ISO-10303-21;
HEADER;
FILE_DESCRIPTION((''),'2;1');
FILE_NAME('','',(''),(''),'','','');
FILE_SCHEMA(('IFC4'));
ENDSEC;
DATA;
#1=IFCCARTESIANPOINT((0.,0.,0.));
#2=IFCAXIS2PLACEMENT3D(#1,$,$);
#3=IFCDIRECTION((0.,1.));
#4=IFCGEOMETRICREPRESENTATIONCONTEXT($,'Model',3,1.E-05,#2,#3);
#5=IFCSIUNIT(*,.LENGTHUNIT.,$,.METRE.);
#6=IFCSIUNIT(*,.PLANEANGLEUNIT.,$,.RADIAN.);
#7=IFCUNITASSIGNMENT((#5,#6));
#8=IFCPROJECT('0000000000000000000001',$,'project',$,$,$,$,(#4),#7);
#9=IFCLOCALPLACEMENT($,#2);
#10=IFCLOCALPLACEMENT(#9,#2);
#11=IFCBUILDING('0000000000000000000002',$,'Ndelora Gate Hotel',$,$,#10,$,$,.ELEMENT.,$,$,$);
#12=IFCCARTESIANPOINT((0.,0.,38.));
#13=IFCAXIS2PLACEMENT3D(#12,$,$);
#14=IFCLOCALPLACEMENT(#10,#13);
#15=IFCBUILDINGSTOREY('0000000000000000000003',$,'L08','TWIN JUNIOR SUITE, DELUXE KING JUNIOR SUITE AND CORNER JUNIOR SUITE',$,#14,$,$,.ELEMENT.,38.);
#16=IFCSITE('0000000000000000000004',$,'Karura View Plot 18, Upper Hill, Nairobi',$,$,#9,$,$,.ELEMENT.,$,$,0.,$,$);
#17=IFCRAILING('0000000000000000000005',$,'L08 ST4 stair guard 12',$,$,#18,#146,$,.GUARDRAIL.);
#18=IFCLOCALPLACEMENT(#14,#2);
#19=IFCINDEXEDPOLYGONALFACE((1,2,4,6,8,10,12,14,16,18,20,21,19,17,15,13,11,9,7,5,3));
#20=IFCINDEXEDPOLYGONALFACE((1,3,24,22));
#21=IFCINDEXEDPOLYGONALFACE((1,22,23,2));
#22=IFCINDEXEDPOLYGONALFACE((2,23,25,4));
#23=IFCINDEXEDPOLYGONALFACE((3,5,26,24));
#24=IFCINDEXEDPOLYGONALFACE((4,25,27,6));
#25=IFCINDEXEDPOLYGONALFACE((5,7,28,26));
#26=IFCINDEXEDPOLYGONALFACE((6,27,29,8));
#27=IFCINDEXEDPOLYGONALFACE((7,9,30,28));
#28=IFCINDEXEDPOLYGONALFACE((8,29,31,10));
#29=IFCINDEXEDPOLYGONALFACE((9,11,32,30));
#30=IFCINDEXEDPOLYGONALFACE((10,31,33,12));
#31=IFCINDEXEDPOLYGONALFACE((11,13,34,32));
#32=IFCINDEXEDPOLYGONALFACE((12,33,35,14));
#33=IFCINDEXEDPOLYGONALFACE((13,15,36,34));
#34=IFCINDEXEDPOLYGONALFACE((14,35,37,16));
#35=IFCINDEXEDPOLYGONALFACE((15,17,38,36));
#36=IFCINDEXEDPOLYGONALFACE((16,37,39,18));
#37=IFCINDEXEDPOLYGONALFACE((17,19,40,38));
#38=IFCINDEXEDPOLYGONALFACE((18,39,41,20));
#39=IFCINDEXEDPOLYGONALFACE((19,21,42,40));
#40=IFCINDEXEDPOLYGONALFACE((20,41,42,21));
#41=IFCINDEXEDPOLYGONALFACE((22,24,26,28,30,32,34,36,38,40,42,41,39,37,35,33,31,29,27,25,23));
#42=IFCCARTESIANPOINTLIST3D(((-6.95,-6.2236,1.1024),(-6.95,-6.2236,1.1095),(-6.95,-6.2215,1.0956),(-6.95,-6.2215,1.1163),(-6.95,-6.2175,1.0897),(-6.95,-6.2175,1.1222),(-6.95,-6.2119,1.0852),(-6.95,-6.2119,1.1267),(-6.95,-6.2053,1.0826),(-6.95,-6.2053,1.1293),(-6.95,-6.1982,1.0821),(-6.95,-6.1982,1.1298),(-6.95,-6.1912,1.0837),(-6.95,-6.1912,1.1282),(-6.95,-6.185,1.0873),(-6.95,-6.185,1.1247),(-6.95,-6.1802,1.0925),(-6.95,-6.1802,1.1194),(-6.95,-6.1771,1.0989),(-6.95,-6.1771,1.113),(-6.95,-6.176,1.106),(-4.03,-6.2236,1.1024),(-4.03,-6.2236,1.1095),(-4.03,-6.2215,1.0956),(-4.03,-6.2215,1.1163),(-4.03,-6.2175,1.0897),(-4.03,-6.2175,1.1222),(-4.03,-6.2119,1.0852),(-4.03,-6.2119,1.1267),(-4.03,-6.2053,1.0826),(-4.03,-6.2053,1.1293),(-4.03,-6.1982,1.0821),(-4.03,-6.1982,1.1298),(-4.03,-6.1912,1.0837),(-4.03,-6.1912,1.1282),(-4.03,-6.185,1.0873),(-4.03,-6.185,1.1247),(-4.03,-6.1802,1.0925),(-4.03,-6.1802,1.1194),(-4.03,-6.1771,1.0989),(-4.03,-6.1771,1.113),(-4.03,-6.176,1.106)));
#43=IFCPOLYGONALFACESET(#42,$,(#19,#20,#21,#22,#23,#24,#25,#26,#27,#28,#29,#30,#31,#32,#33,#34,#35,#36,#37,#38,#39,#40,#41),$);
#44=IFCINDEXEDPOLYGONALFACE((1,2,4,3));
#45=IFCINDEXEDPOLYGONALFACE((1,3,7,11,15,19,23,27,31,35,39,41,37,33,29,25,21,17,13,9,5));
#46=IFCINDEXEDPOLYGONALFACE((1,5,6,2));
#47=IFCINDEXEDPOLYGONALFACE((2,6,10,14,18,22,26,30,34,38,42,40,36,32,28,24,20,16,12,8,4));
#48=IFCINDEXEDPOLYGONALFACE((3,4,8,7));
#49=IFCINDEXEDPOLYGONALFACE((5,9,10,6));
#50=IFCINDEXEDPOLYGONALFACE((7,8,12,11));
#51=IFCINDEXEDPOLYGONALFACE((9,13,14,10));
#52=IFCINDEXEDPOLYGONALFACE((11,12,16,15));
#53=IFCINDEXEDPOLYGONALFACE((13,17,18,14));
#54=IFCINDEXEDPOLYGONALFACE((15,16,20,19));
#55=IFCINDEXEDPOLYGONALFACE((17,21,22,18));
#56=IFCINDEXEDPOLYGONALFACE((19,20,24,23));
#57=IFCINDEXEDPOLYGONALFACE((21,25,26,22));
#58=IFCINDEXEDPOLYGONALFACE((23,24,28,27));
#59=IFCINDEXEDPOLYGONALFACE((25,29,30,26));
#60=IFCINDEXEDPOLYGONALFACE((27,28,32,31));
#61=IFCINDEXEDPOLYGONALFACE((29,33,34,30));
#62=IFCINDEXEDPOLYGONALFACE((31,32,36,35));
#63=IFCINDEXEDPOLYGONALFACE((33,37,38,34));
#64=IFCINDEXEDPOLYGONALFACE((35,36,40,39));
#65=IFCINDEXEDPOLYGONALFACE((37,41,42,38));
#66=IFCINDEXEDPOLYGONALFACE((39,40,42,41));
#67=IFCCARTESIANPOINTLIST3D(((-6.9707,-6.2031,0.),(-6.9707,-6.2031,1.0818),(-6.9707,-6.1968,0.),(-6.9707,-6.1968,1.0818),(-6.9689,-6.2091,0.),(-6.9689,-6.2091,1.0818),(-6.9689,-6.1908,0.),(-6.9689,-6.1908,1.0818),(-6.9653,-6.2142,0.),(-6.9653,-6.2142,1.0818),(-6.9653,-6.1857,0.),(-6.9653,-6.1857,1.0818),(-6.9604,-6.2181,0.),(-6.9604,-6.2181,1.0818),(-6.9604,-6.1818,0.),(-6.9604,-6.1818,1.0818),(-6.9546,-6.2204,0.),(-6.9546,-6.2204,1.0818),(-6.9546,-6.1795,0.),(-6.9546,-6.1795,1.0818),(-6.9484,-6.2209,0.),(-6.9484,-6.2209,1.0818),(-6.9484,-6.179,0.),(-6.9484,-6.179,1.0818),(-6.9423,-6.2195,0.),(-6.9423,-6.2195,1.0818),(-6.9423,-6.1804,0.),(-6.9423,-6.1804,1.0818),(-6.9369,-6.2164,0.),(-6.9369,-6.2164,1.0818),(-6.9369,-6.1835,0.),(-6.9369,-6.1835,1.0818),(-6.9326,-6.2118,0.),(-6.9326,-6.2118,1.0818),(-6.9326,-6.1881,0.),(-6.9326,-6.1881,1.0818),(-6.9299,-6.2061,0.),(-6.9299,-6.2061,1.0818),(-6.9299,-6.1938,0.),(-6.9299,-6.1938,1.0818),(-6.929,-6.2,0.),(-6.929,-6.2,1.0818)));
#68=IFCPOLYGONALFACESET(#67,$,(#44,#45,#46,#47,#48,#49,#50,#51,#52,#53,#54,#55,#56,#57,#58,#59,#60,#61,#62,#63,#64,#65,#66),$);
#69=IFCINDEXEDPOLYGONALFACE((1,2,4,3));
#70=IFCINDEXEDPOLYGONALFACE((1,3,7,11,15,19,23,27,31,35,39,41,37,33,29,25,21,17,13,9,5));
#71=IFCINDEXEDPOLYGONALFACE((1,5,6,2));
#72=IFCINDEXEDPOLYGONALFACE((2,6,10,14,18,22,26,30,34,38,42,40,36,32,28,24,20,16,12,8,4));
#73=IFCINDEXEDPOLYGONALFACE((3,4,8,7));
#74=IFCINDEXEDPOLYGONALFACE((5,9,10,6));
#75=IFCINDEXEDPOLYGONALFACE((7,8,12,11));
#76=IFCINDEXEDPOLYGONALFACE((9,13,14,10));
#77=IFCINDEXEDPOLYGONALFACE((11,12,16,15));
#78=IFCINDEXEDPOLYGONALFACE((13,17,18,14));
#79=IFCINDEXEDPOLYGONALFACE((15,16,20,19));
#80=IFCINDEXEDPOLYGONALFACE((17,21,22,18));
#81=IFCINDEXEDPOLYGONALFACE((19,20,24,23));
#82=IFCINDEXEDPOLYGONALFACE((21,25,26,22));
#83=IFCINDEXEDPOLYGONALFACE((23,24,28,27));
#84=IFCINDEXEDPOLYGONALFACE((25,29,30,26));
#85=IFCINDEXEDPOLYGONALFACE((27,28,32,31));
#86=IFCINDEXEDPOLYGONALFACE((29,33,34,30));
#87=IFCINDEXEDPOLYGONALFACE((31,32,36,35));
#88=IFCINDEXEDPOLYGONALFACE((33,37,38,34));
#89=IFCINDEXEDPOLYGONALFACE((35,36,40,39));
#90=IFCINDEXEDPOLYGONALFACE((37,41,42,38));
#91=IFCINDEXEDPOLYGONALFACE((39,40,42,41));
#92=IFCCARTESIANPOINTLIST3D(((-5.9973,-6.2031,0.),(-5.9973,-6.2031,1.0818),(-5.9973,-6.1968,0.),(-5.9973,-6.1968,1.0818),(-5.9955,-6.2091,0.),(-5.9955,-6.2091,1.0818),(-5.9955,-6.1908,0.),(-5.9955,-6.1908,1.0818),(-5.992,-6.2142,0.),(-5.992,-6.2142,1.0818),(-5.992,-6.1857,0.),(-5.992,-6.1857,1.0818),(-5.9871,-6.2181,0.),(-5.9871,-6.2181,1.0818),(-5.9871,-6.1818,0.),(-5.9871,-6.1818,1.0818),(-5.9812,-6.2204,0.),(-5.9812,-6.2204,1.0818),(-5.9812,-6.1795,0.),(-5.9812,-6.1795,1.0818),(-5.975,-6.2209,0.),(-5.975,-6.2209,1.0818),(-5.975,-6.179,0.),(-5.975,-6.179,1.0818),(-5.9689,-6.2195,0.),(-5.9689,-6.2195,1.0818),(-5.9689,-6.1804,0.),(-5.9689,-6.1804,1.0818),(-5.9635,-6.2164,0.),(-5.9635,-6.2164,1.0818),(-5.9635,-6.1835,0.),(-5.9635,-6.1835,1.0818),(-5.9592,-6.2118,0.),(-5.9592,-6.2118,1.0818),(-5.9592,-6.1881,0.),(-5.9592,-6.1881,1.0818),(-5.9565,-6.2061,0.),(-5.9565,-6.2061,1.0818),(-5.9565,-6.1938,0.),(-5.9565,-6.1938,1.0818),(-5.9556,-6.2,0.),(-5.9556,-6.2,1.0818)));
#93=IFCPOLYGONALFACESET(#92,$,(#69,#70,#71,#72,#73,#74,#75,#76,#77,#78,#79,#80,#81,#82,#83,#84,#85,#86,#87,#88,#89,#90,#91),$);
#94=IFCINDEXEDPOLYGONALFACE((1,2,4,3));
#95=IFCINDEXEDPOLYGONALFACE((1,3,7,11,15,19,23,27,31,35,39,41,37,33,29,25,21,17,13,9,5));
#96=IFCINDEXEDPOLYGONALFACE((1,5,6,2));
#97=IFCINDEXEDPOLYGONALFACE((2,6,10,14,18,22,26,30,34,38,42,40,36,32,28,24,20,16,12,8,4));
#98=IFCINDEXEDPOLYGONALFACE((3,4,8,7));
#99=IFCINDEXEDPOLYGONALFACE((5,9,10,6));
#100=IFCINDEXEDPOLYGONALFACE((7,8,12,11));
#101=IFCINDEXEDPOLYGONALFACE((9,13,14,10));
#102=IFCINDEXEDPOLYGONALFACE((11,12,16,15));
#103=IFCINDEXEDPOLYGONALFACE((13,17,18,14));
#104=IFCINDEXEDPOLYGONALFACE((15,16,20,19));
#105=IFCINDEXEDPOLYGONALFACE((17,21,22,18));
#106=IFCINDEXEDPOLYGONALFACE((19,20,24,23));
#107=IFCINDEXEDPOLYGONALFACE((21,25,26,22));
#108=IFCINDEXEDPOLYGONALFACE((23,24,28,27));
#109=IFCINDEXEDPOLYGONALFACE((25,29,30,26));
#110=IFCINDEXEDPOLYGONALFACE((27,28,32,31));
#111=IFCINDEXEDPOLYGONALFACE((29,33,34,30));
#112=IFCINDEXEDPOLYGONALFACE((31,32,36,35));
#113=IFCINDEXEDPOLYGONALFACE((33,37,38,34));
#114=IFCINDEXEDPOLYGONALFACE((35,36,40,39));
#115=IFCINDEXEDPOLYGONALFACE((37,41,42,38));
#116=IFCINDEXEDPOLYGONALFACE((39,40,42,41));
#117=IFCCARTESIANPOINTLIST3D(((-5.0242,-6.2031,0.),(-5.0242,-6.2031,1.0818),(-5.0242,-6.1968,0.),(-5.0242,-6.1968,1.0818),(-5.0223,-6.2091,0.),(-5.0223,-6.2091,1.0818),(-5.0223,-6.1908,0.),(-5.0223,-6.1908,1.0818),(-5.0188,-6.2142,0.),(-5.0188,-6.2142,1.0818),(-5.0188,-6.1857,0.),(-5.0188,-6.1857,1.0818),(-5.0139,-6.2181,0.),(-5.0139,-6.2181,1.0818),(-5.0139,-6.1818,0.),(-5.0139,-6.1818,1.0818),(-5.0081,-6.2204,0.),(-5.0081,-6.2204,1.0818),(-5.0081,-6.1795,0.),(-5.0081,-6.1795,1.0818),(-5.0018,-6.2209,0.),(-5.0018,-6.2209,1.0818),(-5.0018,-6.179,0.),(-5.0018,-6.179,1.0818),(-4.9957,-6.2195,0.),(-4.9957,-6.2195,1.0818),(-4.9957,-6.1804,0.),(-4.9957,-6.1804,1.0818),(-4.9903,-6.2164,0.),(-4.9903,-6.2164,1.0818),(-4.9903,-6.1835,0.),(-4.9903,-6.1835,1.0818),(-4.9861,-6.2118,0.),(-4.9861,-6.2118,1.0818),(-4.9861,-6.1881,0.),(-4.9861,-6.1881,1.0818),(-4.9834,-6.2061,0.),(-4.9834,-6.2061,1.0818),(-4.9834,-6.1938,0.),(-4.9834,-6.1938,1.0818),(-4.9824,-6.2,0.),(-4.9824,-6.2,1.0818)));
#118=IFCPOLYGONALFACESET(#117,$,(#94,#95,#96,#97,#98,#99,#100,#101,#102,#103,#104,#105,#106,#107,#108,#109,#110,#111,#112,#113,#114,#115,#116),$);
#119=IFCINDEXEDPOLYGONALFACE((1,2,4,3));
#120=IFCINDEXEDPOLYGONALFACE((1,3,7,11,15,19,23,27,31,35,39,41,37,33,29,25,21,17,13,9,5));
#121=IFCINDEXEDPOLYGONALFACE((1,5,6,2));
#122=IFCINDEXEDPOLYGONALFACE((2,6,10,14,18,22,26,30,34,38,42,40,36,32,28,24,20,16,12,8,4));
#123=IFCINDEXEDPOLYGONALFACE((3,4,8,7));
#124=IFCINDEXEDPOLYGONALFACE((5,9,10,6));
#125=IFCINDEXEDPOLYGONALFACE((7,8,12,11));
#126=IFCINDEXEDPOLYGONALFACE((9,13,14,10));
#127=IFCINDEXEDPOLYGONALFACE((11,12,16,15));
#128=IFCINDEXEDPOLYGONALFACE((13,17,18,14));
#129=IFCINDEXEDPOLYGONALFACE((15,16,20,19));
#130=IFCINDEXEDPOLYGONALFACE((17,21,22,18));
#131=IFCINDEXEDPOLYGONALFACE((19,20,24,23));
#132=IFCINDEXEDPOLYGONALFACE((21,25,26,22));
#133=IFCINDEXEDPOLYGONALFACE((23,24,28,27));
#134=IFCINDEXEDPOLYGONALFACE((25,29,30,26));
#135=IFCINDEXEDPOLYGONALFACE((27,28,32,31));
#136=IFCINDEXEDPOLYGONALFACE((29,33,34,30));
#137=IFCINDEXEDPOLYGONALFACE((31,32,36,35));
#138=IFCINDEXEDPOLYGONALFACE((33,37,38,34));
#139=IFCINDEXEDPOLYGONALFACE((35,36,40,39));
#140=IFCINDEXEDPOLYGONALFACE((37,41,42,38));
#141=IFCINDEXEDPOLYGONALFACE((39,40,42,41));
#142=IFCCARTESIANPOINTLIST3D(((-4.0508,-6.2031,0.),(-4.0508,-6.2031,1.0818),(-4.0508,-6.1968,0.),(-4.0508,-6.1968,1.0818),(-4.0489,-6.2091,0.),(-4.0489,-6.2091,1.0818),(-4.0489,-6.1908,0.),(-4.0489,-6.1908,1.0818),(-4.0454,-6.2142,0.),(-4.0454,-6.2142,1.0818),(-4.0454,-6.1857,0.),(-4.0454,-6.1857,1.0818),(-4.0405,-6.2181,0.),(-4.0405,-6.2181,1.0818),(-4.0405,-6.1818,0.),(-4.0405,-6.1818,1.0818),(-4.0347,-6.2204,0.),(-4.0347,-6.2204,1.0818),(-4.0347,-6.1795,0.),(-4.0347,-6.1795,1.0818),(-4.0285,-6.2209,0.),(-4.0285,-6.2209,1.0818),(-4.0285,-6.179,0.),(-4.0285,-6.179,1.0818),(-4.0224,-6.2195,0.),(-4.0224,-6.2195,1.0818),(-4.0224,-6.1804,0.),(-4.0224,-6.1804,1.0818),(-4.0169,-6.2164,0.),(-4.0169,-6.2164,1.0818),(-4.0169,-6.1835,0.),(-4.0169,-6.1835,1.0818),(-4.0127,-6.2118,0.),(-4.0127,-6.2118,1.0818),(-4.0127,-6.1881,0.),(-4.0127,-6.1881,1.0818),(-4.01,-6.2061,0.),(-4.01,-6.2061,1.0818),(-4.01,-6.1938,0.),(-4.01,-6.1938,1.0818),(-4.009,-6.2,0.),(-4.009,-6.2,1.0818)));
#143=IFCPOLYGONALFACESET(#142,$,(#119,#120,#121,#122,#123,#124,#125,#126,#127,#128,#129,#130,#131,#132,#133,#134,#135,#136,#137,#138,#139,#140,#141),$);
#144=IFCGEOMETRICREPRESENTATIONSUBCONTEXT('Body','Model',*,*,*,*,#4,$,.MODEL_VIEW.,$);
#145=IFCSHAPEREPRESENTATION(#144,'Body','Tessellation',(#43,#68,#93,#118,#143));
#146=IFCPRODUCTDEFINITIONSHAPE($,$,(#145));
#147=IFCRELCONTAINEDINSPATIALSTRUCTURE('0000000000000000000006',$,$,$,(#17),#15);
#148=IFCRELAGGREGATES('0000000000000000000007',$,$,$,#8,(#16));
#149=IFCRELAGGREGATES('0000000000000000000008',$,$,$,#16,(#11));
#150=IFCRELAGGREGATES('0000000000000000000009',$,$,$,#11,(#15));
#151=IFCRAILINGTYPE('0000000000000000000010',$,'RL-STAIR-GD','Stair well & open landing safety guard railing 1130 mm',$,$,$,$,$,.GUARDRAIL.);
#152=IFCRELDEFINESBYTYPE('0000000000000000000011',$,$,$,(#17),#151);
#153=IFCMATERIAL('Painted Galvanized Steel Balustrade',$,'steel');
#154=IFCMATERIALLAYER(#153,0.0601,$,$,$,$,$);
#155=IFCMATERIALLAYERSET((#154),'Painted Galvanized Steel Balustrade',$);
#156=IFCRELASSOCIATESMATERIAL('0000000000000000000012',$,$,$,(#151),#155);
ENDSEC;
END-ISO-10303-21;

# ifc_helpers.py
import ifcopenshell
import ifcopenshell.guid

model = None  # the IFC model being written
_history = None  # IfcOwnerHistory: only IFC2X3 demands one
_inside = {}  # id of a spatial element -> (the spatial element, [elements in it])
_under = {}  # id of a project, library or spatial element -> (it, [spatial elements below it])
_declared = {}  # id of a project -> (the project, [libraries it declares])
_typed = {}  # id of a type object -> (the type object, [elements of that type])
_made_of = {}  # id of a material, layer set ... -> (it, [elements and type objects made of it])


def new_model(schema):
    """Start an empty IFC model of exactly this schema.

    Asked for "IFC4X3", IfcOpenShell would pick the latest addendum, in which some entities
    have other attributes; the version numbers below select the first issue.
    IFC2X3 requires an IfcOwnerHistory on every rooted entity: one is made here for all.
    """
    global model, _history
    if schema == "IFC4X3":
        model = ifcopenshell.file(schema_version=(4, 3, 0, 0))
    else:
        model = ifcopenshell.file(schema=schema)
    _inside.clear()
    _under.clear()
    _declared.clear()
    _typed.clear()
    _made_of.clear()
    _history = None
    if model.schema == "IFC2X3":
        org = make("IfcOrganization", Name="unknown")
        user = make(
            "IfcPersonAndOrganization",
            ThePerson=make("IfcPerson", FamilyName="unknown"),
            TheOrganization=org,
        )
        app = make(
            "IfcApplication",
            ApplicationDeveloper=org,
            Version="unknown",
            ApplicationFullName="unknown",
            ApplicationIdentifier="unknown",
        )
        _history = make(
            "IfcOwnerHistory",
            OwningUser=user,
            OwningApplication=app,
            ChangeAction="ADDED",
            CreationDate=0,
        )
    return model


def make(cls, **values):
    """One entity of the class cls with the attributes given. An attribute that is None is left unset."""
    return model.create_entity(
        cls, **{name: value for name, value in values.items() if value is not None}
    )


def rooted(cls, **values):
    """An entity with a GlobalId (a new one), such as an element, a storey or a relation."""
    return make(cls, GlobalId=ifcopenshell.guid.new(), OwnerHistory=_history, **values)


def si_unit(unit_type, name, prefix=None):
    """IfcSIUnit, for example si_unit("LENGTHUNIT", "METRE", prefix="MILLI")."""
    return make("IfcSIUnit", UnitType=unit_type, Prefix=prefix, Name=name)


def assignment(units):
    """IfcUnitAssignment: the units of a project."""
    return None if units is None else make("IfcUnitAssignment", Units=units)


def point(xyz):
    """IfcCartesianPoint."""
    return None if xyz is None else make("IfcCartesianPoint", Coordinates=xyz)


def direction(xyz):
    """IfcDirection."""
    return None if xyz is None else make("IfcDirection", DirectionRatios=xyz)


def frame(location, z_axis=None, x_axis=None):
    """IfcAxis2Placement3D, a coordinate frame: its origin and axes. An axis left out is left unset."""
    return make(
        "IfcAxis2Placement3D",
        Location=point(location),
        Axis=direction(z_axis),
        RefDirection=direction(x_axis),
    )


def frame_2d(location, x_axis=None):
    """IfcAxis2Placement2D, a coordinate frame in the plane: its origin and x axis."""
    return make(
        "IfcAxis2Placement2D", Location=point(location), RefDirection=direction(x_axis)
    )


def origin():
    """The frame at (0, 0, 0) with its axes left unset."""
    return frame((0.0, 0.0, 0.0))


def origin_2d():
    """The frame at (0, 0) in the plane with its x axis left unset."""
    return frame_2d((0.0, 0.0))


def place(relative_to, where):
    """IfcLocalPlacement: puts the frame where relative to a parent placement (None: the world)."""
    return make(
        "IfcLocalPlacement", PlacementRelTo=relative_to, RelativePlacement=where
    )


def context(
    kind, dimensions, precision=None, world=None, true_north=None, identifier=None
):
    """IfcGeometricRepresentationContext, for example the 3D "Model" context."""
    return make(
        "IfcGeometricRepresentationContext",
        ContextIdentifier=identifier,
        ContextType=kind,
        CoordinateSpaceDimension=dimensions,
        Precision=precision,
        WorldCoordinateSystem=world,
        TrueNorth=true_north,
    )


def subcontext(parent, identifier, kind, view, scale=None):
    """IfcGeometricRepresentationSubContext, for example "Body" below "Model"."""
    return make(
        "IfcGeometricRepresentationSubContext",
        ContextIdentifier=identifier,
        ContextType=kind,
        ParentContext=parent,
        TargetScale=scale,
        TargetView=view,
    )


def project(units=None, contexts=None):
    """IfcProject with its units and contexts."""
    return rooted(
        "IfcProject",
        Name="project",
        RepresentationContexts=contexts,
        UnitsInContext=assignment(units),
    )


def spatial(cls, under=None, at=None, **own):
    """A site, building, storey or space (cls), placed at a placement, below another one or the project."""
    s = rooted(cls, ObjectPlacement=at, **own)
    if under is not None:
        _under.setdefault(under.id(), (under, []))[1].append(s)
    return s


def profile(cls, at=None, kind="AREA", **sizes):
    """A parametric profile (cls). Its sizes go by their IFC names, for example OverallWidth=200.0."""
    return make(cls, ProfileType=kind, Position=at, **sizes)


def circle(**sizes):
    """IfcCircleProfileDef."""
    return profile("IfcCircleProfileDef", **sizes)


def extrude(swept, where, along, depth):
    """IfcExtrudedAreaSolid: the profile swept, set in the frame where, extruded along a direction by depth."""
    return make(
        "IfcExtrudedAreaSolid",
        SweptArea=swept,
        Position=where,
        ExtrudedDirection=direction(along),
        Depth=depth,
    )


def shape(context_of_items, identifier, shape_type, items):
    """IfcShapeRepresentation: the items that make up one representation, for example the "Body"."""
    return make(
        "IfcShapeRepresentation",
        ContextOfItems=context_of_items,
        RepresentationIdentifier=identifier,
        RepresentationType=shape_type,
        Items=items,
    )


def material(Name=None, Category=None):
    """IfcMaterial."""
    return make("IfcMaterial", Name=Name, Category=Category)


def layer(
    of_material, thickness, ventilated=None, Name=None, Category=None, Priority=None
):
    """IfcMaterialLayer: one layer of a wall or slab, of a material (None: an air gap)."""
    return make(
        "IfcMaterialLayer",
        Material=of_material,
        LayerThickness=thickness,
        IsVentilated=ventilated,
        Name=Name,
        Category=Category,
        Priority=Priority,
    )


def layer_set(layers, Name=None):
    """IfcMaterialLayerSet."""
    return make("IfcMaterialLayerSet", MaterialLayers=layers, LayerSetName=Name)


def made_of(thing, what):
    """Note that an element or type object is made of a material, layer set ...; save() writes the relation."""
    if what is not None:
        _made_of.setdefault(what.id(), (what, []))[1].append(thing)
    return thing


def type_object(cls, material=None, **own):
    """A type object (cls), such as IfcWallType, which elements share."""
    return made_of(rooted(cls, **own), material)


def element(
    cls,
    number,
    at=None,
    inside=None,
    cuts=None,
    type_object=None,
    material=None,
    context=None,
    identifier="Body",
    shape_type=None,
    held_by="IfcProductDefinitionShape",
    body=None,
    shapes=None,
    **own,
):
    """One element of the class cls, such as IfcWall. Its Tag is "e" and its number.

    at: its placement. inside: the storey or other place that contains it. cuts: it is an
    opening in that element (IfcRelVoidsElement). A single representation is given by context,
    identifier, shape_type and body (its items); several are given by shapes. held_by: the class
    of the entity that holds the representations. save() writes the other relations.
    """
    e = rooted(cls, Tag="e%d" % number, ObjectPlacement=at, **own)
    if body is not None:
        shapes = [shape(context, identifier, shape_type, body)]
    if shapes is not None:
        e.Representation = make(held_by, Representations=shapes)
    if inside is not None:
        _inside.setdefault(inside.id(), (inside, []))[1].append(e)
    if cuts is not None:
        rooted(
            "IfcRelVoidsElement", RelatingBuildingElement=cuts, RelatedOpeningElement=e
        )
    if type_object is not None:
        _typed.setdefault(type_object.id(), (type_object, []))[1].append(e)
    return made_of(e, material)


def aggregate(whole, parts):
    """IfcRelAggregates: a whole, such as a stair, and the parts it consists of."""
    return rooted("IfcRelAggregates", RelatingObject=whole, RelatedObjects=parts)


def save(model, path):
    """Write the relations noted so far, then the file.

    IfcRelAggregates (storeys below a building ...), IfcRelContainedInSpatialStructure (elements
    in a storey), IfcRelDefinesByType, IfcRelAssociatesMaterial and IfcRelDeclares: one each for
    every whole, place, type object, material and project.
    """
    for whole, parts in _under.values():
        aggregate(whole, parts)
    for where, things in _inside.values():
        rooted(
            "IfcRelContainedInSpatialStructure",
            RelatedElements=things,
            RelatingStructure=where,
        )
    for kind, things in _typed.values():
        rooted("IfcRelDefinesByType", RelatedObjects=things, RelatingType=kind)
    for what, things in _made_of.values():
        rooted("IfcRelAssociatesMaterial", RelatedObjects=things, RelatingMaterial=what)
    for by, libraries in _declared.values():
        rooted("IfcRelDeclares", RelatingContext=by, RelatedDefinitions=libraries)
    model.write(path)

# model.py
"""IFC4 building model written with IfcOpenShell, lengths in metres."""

from ifc_helpers import new_model, si_unit, direction, frame, origin, origin_2d, place, context, subcontext, project, spatial, circle, extrude, material, layer, layer_set, type_object, element, save


model = new_model("IFC4")

# Units and contexts
model_context = context("Model", 3, precision=1e-05, world=origin(), true_north=direction((0.0, 1.0)))
body_context = subcontext(model_context, "Body", "Model", "MODEL_VIEW")
ifc_project = project(units=[si_unit("LENGTHUNIT", "METRE"), si_unit("PLANEANGLEUNIT", "RADIAN")], contexts=[model_context])

# Site, building, storey
site_placement = place(None, origin())
site = spatial("IfcSite", under=ifc_project, at=site_placement, Name="Karura View Plot 18, Upper Hill, Nairobi", CompositionType="ELEMENT", RefElevation=0.0)
building_placement = place(site_placement, origin())
building = spatial("IfcBuilding", under=site, at=building_placement, Name="Ndelora Gate Hotel", CompositionType="ELEMENT")
storey_placement = place(building_placement, frame((0.0, 0.0, 38.0)))
storey = spatial("IfcBuildingStorey", under=building, at=storey_placement, Name="L08", Description="TWIN JUNIOR SUITE, DELUXE KING JUNIOR SUITE AND CORNER JUNIOR SUITE", CompositionType="ELEMENT", Elevation=38.0)

# Railing
ifc_material_1 = material(Name="Painted Galvanized Steel Balustrade", Category="steel")
ifc_layer_1 = layer(ifc_material_1, 0.0601)
ifc_layer_set_1 = layer_set([ifc_layer_1], Name="Painted Galvanized Steel Balustrade")
railing_type_1 = type_object("IfcRailingType", Name="RL-STAIR-GD", Description="Stair well & open landing safety guard railing 1130 mm", PredefinedType="GUARDRAIL", material=ifc_layer_set_1)
railing_1_placement = place(storey_placement, frame((-6.95, -6.2, 0.0)))
element("IfcRailing", 1, at=railing_1_placement, inside=storey, type_object=railing_type_1, Name="L08 ST4 stair guard 12", PredefinedType="GUARDRAIL", context=body_context, shape_type="SweptSolid", body=[
    extrude(circle(Radius=0.0239, at=origin_2d()), frame((0.0, 0.0, 1.106), z_axis=(1.0, 0.0, 0.0), x_axis=(0.0, 1.0, 0.0)), (0.0, 0.0, 1.0), 2.9199),
    extrude(circle(Radius=0.021, at=origin_2d()), origin(), (0.0, 0.0, 1.0), 1.0818),
    extrude(circle(Radius=0.021, at=origin_2d()), frame((0.9734, 0.0, 0.0)), (0.0, 0.0, 1.0), 1.0818),
    extrude(circle(Radius=0.021, at=origin_2d()), frame((1.9465, 0.0, 0.0)), (0.0, 0.0, 1.0), 1.0818),
    extrude(circle(Radius=0.021, at=origin_2d()), frame((2.9199, 0.0, 0.0)), (0.0, 0.0, 1.0), 1.0818),
])

save(model, "model.ifc")
